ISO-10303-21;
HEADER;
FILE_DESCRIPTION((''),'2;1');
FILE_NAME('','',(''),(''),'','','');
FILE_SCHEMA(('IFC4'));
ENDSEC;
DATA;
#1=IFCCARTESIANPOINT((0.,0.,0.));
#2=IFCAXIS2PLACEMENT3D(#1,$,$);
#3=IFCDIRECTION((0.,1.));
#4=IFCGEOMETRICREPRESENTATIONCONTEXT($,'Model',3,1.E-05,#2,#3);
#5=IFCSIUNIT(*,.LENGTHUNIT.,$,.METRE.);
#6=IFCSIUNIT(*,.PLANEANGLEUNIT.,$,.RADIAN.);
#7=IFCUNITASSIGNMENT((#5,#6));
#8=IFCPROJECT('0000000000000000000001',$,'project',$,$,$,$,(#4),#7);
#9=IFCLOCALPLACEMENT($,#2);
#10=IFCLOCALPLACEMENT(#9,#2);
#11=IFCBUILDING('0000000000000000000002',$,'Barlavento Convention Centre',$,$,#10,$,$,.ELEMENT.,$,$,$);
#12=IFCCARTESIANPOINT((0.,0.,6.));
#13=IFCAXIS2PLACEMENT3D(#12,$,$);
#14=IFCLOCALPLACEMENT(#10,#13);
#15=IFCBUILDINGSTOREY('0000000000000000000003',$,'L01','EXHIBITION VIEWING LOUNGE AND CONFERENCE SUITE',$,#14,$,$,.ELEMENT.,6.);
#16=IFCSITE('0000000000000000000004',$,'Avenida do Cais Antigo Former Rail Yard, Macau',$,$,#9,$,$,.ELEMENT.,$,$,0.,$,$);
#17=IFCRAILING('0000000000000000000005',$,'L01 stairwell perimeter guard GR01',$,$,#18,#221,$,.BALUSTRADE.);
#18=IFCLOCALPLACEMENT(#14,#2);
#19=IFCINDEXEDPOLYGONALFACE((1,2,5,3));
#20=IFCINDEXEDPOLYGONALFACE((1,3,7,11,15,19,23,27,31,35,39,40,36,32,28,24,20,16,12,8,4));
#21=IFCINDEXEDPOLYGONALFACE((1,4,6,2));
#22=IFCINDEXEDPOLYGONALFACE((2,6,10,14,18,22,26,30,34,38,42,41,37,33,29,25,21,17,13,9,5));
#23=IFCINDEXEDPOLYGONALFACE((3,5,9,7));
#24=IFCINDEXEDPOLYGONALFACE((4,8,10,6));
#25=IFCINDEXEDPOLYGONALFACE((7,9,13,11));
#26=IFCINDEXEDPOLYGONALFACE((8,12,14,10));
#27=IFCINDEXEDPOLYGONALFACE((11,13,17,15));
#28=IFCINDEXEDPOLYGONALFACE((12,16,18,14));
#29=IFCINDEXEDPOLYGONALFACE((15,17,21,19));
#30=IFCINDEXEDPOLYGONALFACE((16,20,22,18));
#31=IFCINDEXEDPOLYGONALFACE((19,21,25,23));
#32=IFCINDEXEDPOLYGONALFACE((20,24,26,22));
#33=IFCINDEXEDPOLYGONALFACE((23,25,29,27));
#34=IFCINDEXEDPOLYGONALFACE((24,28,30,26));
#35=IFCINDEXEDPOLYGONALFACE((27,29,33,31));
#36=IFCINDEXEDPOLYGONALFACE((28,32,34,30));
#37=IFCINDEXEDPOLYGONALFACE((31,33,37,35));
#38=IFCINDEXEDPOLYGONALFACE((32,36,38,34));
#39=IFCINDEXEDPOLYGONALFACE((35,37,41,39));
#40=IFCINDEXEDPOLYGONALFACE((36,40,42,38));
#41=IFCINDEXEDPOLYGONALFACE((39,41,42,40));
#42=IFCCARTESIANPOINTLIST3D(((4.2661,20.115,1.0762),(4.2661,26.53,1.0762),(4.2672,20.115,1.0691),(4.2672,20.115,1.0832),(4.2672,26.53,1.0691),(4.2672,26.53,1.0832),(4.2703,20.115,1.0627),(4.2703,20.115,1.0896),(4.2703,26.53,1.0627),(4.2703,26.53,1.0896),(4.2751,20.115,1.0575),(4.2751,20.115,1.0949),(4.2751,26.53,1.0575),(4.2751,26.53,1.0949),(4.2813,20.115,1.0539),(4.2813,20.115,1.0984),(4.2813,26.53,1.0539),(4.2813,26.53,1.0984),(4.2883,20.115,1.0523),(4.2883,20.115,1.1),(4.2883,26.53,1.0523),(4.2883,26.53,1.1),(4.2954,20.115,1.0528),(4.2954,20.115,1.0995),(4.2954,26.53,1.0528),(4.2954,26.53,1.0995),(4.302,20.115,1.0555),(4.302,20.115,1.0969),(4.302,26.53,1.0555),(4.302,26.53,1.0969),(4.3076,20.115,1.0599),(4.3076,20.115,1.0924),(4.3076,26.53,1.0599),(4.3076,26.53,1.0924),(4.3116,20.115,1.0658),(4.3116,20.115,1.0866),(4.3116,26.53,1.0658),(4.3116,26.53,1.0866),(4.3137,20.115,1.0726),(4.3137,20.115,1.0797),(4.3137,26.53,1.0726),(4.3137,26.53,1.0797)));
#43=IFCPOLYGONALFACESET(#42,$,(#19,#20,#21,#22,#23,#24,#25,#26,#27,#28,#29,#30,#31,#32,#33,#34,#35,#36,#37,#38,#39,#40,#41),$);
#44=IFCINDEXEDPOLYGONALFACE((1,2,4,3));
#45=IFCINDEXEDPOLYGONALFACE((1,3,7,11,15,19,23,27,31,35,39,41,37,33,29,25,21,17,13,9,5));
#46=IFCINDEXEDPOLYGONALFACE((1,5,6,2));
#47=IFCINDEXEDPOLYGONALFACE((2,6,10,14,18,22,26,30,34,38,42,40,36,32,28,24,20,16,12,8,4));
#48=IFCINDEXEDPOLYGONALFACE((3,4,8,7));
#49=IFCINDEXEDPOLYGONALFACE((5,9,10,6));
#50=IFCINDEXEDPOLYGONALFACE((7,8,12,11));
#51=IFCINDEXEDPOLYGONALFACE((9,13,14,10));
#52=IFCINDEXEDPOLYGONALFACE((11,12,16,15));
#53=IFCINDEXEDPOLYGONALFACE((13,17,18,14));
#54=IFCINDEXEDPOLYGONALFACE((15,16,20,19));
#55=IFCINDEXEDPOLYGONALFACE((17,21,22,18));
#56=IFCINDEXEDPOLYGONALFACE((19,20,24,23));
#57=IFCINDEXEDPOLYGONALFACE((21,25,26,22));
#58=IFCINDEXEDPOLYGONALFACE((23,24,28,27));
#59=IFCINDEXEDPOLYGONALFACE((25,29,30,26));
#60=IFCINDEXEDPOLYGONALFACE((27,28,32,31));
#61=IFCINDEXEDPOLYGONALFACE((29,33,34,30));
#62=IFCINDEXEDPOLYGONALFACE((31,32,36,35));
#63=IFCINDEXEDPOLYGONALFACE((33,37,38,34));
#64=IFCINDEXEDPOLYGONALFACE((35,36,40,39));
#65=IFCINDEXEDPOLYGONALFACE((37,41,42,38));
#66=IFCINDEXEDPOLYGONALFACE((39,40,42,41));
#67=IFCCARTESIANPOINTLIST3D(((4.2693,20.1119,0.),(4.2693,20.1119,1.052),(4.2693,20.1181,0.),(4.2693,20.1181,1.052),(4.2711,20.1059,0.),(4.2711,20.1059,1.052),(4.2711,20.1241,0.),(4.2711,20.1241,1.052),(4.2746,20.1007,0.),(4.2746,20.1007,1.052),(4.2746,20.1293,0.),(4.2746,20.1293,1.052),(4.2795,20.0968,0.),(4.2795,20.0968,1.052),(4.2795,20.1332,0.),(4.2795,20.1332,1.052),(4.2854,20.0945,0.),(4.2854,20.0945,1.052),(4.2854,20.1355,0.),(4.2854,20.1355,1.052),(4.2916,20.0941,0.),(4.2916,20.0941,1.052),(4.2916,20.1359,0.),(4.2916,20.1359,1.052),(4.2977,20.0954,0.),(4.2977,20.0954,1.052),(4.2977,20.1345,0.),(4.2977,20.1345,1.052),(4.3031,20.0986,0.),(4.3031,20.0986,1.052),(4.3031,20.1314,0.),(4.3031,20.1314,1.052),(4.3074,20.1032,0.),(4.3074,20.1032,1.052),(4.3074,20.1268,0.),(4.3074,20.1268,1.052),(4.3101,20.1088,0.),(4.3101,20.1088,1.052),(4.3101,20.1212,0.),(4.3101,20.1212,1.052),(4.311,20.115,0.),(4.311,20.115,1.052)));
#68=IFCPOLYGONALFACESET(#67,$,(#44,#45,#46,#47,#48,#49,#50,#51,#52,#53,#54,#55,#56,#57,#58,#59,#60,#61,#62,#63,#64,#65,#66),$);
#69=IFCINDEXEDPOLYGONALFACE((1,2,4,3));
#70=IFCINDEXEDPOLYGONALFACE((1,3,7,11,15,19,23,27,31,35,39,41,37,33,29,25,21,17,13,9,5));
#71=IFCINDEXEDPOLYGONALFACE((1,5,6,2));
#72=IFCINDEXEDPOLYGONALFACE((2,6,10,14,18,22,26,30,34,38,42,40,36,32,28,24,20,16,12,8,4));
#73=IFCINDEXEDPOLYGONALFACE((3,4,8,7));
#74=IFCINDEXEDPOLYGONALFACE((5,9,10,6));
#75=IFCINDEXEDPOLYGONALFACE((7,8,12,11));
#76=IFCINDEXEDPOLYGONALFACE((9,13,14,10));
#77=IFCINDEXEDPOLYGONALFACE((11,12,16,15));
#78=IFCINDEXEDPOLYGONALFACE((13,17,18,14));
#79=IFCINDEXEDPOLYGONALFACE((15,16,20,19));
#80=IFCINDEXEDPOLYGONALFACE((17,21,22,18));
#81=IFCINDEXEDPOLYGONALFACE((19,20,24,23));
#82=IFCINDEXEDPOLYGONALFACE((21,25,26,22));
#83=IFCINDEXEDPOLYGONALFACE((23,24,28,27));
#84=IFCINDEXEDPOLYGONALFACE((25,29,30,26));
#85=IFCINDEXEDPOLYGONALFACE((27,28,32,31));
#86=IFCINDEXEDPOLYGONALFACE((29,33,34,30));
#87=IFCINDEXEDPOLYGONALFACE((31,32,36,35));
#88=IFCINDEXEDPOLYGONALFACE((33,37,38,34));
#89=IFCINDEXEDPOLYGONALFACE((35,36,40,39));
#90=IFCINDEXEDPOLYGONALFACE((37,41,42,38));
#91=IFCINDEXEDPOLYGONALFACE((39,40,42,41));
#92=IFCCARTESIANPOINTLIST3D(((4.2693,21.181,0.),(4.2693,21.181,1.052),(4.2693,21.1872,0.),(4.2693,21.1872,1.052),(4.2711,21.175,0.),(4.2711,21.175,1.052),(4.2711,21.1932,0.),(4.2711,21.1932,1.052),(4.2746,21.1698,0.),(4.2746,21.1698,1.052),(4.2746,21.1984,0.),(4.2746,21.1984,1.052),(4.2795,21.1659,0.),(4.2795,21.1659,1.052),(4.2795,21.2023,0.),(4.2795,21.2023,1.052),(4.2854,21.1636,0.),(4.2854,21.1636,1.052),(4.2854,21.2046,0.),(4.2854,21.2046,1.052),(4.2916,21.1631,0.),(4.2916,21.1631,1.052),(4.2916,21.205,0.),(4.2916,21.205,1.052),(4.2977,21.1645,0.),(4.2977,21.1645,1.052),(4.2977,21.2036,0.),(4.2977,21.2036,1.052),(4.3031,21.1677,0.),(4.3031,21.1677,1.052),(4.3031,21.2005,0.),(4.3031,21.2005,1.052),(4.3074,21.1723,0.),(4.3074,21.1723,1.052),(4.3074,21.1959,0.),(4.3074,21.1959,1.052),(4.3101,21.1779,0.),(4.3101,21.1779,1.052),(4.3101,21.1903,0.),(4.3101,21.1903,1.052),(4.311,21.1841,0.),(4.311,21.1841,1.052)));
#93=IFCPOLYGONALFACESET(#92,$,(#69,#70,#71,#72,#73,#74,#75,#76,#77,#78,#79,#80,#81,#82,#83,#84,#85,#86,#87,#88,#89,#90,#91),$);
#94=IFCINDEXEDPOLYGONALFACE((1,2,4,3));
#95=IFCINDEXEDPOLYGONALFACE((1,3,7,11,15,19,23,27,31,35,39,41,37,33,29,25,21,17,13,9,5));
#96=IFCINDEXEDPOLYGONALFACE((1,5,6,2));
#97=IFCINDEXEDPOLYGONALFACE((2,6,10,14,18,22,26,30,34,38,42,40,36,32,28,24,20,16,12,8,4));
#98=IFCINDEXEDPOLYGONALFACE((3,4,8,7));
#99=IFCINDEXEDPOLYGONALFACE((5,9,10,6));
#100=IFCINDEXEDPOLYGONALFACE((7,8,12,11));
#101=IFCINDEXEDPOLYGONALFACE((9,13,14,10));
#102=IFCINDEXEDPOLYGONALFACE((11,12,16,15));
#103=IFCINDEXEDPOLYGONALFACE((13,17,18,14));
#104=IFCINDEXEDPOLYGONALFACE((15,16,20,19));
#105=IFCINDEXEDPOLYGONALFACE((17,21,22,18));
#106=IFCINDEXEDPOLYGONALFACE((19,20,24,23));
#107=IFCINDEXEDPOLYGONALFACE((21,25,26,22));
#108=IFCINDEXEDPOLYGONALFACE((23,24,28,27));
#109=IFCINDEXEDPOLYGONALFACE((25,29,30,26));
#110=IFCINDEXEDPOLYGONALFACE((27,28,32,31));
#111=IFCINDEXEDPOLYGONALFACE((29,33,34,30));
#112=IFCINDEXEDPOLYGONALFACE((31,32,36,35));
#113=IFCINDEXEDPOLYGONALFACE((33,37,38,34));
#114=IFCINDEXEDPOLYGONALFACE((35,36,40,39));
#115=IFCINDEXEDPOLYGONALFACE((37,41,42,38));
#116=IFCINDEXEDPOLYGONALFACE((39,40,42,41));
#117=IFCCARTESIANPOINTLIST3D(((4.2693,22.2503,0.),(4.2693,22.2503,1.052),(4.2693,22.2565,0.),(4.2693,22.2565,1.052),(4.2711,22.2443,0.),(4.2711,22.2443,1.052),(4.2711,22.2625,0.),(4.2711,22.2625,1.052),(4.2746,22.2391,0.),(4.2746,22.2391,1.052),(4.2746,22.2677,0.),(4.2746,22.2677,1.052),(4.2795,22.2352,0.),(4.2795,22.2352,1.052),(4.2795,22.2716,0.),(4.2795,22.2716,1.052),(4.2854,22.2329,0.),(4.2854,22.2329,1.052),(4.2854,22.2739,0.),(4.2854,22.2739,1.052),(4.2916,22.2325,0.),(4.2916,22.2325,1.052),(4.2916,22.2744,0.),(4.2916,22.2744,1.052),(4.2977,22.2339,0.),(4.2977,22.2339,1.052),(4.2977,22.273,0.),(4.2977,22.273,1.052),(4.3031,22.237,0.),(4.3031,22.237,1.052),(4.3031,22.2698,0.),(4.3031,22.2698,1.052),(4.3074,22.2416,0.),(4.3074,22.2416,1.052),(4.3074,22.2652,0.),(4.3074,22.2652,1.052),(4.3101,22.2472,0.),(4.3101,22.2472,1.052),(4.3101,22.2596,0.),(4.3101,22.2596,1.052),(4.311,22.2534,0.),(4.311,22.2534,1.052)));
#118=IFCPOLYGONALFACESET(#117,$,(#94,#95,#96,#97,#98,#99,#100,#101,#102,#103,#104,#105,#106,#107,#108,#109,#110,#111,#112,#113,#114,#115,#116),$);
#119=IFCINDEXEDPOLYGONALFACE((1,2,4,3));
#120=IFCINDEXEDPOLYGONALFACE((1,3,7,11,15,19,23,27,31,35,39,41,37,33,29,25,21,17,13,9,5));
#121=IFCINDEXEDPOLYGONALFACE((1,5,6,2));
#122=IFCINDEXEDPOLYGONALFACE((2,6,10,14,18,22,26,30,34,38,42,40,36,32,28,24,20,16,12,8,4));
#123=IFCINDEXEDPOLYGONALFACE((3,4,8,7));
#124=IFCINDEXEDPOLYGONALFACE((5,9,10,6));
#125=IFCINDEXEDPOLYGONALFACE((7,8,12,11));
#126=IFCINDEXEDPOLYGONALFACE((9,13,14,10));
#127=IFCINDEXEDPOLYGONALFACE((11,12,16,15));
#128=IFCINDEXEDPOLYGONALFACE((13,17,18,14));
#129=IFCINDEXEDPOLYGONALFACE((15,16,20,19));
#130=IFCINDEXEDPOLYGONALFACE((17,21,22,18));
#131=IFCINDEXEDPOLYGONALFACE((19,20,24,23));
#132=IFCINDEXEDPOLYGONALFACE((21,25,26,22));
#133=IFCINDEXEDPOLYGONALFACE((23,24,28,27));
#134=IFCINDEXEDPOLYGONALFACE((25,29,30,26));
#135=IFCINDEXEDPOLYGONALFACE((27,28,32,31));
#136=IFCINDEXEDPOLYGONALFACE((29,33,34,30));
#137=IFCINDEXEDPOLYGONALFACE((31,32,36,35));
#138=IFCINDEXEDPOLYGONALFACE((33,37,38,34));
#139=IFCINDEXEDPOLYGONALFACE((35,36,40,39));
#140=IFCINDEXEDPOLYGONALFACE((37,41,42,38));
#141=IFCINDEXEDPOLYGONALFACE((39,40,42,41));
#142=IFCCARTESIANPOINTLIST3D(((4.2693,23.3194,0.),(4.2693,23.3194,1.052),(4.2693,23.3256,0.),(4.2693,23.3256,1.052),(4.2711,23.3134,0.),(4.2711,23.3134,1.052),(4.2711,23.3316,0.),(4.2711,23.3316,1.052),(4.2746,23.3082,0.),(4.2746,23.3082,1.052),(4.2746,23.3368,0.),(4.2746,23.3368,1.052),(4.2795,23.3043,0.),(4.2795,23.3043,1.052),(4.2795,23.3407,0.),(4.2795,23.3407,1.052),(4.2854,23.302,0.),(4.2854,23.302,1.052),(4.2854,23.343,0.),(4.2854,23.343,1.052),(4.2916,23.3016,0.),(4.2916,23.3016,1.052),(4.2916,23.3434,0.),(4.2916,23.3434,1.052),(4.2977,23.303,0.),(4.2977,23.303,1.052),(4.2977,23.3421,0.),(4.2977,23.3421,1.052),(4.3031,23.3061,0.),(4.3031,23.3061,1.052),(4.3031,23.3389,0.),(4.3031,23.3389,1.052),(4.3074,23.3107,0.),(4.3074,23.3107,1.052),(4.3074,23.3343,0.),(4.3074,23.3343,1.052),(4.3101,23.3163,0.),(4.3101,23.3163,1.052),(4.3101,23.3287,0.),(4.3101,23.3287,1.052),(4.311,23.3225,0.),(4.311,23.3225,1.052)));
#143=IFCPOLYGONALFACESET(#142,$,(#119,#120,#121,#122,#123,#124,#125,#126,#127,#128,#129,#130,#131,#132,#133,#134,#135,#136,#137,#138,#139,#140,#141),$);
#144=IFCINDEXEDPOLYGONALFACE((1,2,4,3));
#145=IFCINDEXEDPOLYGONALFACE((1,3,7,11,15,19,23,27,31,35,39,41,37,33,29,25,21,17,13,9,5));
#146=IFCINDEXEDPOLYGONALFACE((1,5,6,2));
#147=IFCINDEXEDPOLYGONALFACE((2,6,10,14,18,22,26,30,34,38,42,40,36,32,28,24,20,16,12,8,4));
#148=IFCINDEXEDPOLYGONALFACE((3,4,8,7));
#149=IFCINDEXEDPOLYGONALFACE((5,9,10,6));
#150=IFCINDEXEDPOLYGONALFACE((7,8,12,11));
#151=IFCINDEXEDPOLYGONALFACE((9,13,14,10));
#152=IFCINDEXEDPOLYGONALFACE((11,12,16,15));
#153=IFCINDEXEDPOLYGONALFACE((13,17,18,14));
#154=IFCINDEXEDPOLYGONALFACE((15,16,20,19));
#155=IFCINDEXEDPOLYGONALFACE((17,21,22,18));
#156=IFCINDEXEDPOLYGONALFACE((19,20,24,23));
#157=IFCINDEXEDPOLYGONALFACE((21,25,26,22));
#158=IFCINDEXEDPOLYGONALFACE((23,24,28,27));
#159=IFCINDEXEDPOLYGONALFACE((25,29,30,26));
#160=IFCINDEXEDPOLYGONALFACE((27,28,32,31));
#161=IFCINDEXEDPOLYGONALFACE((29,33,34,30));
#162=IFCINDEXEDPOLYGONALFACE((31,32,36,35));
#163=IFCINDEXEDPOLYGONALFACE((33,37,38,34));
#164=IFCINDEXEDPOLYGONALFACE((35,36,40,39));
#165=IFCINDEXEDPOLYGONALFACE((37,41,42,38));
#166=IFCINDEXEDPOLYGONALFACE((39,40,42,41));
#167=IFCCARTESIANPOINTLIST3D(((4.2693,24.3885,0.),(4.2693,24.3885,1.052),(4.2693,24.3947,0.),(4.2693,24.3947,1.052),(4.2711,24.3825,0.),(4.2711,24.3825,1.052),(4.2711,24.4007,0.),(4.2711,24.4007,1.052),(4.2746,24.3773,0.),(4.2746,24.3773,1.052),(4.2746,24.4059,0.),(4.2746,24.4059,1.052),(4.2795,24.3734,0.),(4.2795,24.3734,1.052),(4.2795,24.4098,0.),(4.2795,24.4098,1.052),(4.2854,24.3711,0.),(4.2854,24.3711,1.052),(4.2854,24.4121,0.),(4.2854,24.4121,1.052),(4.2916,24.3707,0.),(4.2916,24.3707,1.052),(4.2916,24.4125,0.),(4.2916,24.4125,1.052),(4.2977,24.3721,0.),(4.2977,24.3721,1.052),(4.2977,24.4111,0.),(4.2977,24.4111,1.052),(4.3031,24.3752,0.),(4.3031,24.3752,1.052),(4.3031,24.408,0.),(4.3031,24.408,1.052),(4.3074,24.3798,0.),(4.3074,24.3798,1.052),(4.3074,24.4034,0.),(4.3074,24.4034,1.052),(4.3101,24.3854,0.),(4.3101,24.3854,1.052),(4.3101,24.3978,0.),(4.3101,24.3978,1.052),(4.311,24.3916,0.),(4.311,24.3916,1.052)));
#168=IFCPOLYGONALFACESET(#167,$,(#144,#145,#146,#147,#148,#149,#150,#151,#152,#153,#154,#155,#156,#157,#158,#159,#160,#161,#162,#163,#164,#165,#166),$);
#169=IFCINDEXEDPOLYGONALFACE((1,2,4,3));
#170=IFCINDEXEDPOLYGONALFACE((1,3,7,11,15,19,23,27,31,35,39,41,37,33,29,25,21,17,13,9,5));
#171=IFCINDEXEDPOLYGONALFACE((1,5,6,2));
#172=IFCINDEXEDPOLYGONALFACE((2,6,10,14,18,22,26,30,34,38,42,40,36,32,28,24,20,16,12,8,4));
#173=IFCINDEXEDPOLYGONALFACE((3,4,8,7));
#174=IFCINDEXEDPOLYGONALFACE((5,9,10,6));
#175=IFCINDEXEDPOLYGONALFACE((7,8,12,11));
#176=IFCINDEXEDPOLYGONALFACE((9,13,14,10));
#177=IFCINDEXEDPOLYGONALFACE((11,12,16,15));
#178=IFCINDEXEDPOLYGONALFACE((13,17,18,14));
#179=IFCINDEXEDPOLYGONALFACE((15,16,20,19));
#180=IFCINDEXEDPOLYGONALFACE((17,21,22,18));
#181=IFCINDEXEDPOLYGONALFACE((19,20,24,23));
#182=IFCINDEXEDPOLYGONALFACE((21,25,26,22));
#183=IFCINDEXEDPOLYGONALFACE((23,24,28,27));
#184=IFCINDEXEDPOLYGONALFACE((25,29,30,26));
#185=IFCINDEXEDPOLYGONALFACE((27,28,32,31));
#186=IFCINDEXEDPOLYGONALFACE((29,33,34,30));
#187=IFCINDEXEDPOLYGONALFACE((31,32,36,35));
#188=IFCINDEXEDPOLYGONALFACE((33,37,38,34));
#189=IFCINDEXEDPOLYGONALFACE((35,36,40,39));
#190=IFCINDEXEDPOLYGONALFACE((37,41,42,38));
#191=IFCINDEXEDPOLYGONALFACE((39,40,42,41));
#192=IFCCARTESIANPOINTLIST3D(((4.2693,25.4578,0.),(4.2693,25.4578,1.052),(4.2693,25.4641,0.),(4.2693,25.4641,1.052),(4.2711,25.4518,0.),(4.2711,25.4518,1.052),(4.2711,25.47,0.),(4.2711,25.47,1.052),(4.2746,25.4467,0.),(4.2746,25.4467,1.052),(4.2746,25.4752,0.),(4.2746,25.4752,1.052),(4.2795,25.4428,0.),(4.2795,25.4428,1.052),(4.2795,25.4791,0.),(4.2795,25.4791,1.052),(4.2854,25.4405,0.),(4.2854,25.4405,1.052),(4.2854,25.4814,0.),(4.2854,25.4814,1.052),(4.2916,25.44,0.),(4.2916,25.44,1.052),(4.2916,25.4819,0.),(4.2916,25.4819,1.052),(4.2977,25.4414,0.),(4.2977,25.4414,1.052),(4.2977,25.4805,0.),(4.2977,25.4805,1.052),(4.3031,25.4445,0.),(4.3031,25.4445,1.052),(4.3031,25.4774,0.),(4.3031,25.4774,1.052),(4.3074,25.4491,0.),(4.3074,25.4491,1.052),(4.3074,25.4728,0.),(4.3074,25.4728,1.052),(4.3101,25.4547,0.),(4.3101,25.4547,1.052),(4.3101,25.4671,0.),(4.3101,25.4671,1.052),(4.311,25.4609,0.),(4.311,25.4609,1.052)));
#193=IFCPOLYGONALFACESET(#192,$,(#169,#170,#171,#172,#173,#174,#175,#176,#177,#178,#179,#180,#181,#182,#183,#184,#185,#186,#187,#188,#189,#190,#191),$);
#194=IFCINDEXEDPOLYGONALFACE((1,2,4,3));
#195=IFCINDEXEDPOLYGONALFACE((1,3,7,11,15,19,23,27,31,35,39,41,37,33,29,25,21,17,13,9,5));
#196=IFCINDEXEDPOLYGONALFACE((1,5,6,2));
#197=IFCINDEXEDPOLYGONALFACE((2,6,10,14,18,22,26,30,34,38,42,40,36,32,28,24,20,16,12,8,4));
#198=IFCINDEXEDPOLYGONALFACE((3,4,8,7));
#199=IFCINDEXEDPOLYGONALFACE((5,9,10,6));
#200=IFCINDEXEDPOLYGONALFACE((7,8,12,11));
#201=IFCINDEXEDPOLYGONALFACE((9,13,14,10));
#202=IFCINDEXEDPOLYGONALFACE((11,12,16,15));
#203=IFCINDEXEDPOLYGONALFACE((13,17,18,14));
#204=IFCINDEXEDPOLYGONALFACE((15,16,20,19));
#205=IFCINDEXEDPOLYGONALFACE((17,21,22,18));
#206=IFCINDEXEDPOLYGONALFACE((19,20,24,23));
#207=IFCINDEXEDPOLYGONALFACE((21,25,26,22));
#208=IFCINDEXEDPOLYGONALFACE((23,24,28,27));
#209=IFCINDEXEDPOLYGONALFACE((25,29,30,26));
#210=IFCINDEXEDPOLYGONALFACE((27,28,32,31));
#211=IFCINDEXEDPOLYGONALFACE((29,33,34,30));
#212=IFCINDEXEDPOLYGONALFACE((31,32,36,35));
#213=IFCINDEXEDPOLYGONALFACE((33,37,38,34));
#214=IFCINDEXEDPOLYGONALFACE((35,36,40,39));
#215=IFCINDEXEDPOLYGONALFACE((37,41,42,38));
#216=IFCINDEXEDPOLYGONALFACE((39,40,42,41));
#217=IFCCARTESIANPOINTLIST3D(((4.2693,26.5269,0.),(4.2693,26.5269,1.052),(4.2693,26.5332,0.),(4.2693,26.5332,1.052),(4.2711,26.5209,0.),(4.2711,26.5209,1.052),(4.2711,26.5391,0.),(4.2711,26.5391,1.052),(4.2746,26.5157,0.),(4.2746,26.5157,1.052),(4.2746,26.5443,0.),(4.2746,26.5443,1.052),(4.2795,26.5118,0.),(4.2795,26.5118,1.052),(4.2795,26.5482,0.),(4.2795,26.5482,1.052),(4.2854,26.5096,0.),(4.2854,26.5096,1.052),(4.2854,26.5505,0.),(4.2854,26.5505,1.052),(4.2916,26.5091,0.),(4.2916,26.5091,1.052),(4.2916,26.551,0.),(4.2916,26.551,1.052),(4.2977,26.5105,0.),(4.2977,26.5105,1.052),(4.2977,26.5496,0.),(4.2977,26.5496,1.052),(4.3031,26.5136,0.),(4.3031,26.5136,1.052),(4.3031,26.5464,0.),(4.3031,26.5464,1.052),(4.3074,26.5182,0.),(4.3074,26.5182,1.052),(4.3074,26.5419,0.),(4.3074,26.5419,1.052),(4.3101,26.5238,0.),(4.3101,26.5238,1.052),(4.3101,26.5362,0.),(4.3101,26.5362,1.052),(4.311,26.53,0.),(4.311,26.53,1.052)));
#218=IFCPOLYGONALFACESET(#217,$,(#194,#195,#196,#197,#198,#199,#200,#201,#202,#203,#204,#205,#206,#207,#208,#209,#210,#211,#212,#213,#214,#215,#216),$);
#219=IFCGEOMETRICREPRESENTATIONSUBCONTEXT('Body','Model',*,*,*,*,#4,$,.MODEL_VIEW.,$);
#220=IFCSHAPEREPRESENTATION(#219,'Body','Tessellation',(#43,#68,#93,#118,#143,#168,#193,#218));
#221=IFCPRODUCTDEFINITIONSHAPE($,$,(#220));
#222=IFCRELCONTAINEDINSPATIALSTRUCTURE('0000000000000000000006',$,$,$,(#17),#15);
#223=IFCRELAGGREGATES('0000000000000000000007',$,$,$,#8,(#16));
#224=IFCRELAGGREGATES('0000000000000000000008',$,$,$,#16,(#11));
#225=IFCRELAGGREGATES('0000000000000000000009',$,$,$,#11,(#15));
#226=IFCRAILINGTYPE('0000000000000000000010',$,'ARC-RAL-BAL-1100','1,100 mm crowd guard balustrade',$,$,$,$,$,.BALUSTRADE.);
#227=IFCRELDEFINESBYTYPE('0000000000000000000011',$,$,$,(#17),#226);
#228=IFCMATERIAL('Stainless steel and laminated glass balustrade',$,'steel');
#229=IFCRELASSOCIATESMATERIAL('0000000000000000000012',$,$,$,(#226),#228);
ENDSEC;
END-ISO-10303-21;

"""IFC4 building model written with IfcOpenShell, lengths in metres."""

from ifc_helpers import new_model, si_unit, direction, frame, origin, origin_2d, place, context, subcontext, project, spatial, circle, extrude, material, type_object, element, save


model = new_model("IFC4")

# Units and contexts
model_context = context("Model", 3, precision=1e-05, world=origin(), true_north=direction((0.0, 1.0)))
body_context = subcontext(model_context, "Body", "Model", "MODEL_VIEW")
ifc_project = project(units=[si_unit("LENGTHUNIT", "METRE"), si_unit("PLANEANGLEUNIT", "RADIAN")], contexts=[model_context])

# Site, building, storey
site_placement = place(None, origin())
site = spatial("IfcSite", under=ifc_project, at=site_placement, Name="Avenida do Cais Antigo Former Rail Yard, Macau", CompositionType="ELEMENT", RefElevation=0.0)
building_placement = place(site_placement, origin())
building = spatial("IfcBuilding", under=site, at=building_placement, Name="Barlavento Convention Centre", CompositionType="ELEMENT")
storey_placement = place(building_placement, frame((0.0, 0.0, 6.0)))
storey = spatial("IfcBuildingStorey", under=building, at=storey_placement, Name="L01", Description="EXHIBITION VIEWING LOUNGE AND CONFERENCE SUITE", CompositionType="ELEMENT", Elevation=6.0)

# Railing
ifc_material_1 = material(Name="Stainless steel and laminated glass balustrade", Category="steel")
railing_type_1 = type_object("IfcRailingType", Name="ARC-RAL-BAL-1100", Description="1,100 mm crowd guard balustrade", PredefinedType="BALUSTRADE", material=ifc_material_1)
railing_1_placement = place(storey_placement, frame((4.29, 20.115, 0.0)))
element("IfcRailing", 1, at=railing_1_placement, inside=storey, type_object=railing_type_1, Name="L01 stairwell perimeter guard GR01", PredefinedType="BALUSTRADE", context=body_context, shape_type="SweptSolid", body=[
    extrude(circle(Radius=0.0239, at=origin_2d()), frame((0.0, 0.0, 1.0762), z_axis=(0.0, 1.0, 0.0), x_axis=(-1.0, 0.0, 0.0)), (0.0, 0.0, 1.0), 6.415),
    extrude(circle(Radius=0.021, at=origin_2d()), origin(), (0.0, 0.0, 1.0), 1.052),
    extrude(circle(Radius=0.021, at=origin_2d()), frame((0.0, 1.0691, 0.0)), (0.0, 0.0, 1.0), 1.052),
    extrude(circle(Radius=0.021, at=origin_2d()), frame((0.0, 2.1384, 0.0)), (0.0, 0.0, 1.0), 1.052),
    extrude(circle(Radius=0.021, at=origin_2d()), frame((0.0, 3.2075, 0.0)), (0.0, 0.0, 1.0), 1.052),
    extrude(circle(Radius=0.021, at=origin_2d()), frame((0.0, 4.2766, 0.0)), (0.0, 0.0, 1.0), 1.052),
    extrude(circle(Radius=0.021, at=origin_2d()), frame((0.0, 5.3459, 0.0)), (0.0, 0.0, 1.0), 1.052),
    extrude(circle(Radius=0.021, at=origin_2d()), frame((0.0, 6.415, 0.0)), (0.0, 0.0, 1.0), 1.052),
])

save(model, "model.ifc")
